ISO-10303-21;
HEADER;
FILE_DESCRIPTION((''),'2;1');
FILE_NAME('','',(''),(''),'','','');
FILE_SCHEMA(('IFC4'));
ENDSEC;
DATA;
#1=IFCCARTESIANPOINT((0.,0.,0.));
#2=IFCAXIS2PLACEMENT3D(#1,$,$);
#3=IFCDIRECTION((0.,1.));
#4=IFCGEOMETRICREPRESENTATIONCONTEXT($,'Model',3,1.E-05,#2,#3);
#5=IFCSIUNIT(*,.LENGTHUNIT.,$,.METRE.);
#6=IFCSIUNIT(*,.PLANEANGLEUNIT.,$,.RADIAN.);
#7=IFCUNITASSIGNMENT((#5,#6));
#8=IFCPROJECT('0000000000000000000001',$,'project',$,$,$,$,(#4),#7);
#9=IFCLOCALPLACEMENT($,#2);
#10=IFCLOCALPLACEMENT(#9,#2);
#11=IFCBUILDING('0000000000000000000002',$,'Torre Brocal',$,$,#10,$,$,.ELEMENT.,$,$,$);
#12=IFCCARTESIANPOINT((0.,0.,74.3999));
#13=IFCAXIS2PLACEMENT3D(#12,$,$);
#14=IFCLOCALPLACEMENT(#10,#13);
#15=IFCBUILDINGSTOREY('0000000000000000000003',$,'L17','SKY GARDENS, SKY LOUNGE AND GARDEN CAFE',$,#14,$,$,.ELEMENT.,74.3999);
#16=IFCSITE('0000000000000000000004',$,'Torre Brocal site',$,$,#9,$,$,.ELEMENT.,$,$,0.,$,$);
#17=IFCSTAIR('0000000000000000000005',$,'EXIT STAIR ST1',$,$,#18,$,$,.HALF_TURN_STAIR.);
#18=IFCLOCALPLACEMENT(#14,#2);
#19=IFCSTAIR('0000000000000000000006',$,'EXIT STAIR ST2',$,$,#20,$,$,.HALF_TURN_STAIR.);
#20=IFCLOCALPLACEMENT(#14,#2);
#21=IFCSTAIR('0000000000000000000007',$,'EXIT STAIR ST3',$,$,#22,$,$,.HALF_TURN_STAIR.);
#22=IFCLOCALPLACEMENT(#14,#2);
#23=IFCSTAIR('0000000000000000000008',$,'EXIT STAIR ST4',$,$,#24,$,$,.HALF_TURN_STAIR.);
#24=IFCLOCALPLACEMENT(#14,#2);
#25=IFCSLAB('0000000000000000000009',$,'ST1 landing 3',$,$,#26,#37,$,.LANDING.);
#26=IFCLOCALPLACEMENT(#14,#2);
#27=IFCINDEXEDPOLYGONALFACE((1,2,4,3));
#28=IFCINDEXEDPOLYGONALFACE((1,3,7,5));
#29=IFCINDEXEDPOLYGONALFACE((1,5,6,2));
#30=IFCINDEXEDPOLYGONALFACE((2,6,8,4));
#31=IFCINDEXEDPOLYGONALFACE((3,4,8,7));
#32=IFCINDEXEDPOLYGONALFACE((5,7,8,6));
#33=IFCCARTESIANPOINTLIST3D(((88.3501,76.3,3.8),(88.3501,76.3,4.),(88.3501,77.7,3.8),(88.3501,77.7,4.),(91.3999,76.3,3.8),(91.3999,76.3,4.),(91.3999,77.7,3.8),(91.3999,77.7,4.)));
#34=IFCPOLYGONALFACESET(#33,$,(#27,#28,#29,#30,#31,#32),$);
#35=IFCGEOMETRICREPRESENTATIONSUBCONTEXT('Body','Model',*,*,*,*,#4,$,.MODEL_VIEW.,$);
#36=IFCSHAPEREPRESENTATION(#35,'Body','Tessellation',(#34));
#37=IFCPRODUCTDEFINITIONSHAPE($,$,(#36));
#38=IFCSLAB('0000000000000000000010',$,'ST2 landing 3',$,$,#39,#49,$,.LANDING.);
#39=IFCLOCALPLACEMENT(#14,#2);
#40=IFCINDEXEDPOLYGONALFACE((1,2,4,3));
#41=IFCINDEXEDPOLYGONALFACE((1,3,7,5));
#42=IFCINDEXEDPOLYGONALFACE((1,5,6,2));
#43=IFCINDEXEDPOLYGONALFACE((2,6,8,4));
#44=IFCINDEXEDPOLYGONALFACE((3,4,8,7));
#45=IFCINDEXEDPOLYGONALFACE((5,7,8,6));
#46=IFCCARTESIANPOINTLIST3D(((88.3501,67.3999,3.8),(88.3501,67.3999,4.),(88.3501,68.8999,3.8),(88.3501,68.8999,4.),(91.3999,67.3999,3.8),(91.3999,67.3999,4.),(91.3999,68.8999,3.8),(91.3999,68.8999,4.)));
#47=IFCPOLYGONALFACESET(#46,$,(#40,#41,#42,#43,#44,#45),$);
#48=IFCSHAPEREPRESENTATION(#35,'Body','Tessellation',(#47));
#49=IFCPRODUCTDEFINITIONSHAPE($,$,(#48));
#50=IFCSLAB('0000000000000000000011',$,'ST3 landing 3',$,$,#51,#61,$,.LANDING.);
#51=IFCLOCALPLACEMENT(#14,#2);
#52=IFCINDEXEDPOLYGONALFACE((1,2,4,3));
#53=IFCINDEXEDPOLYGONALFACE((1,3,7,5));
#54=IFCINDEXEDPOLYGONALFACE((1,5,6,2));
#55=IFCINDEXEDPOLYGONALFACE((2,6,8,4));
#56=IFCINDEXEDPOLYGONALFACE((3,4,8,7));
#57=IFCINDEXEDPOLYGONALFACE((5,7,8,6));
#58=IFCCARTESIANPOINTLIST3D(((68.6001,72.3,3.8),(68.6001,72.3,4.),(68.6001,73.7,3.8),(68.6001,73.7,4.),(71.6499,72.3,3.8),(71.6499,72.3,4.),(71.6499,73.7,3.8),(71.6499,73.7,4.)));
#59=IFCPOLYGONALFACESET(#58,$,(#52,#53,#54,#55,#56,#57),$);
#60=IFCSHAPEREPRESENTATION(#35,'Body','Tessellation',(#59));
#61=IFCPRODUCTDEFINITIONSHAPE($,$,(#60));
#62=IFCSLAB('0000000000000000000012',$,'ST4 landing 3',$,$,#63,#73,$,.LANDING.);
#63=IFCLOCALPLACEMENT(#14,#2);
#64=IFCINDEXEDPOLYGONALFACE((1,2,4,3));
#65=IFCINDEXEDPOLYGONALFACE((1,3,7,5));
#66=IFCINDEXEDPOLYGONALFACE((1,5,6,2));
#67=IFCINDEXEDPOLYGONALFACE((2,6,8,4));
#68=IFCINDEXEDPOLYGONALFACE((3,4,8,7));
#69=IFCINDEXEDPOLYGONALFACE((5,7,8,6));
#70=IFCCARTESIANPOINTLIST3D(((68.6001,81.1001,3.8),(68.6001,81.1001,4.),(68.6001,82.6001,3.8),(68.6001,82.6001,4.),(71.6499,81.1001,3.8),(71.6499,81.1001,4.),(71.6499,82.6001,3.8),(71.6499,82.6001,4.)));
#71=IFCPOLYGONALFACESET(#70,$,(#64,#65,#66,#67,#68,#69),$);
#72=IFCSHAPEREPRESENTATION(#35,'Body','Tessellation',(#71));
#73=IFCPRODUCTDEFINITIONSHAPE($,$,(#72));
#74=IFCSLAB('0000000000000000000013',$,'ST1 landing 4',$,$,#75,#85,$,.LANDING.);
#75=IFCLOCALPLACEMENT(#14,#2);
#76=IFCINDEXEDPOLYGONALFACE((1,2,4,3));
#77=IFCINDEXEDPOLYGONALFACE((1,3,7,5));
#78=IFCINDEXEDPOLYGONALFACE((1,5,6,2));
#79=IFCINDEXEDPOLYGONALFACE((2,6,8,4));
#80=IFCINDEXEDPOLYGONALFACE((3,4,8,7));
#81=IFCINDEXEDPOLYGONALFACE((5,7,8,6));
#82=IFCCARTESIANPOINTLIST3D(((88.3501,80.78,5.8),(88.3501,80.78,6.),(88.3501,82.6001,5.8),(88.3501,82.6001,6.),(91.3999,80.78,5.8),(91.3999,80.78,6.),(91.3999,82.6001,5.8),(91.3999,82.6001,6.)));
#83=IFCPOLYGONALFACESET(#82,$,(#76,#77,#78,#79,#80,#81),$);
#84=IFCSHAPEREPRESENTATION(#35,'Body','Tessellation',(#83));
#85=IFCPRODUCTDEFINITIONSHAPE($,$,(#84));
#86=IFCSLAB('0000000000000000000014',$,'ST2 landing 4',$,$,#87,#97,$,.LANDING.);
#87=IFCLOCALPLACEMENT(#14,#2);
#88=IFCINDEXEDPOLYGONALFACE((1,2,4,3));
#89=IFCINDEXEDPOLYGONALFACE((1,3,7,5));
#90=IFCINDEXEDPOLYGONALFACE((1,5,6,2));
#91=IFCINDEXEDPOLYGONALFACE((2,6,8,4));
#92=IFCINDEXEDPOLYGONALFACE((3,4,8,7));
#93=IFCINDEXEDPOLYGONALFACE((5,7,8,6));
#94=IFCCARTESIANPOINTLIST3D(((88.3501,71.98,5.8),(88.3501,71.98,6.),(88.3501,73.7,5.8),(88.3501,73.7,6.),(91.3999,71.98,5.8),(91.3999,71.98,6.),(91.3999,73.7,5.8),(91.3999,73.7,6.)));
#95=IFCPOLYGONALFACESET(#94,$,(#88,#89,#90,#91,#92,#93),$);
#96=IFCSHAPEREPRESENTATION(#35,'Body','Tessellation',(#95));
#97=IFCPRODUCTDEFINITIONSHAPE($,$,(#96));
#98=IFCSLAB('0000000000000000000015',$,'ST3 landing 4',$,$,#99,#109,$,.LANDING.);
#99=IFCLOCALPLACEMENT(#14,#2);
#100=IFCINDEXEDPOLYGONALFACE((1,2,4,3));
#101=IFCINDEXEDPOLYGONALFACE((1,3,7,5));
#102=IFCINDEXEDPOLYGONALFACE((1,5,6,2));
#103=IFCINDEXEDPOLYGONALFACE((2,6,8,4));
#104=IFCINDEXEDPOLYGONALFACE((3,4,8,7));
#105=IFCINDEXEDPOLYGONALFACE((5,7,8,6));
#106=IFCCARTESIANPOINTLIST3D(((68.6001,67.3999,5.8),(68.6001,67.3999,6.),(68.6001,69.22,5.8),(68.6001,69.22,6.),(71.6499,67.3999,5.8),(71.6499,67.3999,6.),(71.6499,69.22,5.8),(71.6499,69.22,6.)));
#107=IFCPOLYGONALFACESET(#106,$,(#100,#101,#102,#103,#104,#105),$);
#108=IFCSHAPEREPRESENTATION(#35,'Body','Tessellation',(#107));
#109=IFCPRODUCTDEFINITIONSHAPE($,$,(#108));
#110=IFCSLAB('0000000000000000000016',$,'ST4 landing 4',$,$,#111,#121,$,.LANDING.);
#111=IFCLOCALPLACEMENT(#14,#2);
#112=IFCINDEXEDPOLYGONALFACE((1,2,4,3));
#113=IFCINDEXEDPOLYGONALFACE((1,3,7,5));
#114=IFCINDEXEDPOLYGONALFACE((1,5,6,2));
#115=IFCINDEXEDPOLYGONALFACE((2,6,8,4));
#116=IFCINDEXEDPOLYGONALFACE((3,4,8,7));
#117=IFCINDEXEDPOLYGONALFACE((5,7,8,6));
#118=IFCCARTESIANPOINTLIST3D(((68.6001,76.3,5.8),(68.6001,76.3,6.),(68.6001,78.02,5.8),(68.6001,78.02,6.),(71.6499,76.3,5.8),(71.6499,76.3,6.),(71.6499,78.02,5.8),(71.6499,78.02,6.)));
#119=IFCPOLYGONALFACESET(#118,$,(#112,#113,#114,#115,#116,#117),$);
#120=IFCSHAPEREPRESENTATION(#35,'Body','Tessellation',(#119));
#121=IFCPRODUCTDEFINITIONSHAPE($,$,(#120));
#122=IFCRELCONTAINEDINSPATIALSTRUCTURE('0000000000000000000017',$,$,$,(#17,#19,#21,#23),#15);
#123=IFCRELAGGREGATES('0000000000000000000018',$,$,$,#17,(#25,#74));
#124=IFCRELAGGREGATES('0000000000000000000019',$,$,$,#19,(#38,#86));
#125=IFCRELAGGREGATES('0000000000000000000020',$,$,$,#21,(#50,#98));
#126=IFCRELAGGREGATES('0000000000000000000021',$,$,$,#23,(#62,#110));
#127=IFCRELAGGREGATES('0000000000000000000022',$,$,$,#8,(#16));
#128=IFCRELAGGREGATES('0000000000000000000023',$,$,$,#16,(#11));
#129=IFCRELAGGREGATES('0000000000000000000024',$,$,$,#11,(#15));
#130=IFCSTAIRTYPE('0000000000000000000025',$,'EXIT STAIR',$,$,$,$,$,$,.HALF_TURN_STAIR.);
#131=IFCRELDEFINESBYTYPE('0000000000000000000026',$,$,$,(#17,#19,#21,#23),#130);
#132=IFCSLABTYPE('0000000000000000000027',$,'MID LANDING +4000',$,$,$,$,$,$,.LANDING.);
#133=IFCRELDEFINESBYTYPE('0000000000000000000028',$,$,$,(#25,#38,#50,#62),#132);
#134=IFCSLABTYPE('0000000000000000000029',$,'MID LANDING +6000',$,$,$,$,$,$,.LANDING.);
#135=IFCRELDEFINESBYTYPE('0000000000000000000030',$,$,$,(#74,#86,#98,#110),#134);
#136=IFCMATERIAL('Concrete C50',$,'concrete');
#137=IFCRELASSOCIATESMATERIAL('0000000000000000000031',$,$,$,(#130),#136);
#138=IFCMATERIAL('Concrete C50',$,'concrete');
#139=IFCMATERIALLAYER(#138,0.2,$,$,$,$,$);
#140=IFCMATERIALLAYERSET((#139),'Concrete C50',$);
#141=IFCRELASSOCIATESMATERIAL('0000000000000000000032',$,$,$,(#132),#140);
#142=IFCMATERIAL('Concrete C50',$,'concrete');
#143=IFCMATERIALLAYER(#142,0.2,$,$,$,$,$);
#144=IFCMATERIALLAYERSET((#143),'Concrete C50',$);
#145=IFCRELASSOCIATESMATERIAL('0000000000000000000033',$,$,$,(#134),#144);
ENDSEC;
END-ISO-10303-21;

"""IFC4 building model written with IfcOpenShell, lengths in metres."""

from ifc_helpers import new_model, si_unit, direction, frame, origin, place, context, subcontext, project, spatial, polyline, outline, extrude, material, layer, layer_set, type_object, element, aggregate, save


model = new_model("IFC4")

# Units and contexts
model_context = context("Model", 3, precision=1e-05, world=origin(), true_north=direction((0.0, 1.0)))
body_context = subcontext(model_context, "Body", "Model", "MODEL_VIEW")
ifc_project = project(units=[si_unit("LENGTHUNIT", "METRE"), si_unit("PLANEANGLEUNIT", "RADIAN")], contexts=[model_context])

# Site, building, storey
site_placement = place(None, origin())
site = spatial("IfcSite", under=ifc_project, at=site_placement, Name="Torre Brocal site", CompositionType="ELEMENT", RefElevation=0.0)
building_placement = place(site_placement, origin())
building = spatial("IfcBuilding", under=site, at=building_placement, Name="Torre Brocal", CompositionType="ELEMENT")
storey_placement = place(building_placement, frame((0.0, 0.0, 74.3999)))
storey = spatial("IfcBuildingStorey", under=building, at=storey_placement, Name="L17", Description="SKY GARDENS, SKY LOUNGE AND GARDEN CAFE", CompositionType="ELEMENT", Elevation=74.3999)

# Stairs
ifc_material_1 = material(Name="Concrete C50", Category="concrete")
stair_type = type_object("IfcStairType", Name="EXIT STAIR", PredefinedType="HALF_TURN_STAIR", material=ifc_material_1)
stair_1_placement = place(storey_placement, origin())
stair_1 = element("IfcStair", 1, at=stair_1_placement, inside=storey, type_object=stair_type, Name="EXIT STAIR ST1", PredefinedType="HALF_TURN_STAIR")
stair_2_placement = place(storey_placement, origin())
stair_2 = element("IfcStair", 2, at=stair_2_placement, inside=storey, type_object=stair_type, Name="EXIT STAIR ST2", PredefinedType="HALF_TURN_STAIR")
stair_3_placement = place(storey_placement, origin())
stair_3 = element("IfcStair", 3, at=stair_3_placement, inside=storey, type_object=stair_type, Name="EXIT STAIR ST3", PredefinedType="HALF_TURN_STAIR")
stair_4_placement = place(storey_placement, origin())
stair_4 = element("IfcStair", 4, at=stair_4_placement, inside=storey, type_object=stair_type, Name="EXIT STAIR ST4", PredefinedType="HALF_TURN_STAIR")

# Slabs
ifc_material_2 = material(Name="Concrete C50", Category="concrete")
ifc_layer_1 = layer(ifc_material_2, 0.2)
ifc_layer_set_1 = layer_set([ifc_layer_1], Name="Concrete C50")
slab_type_1 = type_object("IfcSlabType", Name="MID LANDING +4000", PredefinedType="LANDING", material=ifc_layer_set_1)
slab_1_placement = place(storey_placement, frame((0.0, 0.0, 3.8)))
slab_1 = element("IfcSlab", 5, at=slab_1_placement, type_object=slab_type_1, Name="ST1 landing 3", PredefinedType="LANDING", context=body_context, shape_type="SweptSolid", body=[
    extrude(outline(polyline([(88.3501, 76.3), (91.3999, 76.3), (91.3999, 77.7), (88.3501, 77.7), (88.3501, 76.3)])), origin(), (0.0, 0.0, 1.0), 0.2),
])
slab_2_placement = place(storey_placement, frame((0.0, 0.0, 3.8)))
slab_2 = element("IfcSlab", 6, at=slab_2_placement, type_object=slab_type_1, Name="ST2 landing 3", PredefinedType="LANDING", context=body_context, shape_type="SweptSolid", body=[
    extrude(outline(polyline([(88.3501, 67.3999), (91.3999, 67.3999), (91.3999, 68.8999), (88.3501, 68.8999), (88.3501, 67.3999)])), origin(), (0.0, 0.0, 1.0), 0.2),
])
slab_3_placement = place(storey_placement, frame((0.0, 0.0, 3.8)))
slab_3 = element("IfcSlab", 7, at=slab_3_placement, type_object=slab_type_1, Name="ST3 landing 3", PredefinedType="LANDING", context=body_context, shape_type="SweptSolid", body=[
    extrude(outline(polyline([(71.6499, 73.7), (68.6001, 73.7), (68.6001, 72.3), (71.6499, 72.3), (71.6499, 73.7)])), origin(), (0.0, 0.0, 1.0), 0.2),
])
slab_4_placement = place(storey_placement, frame((0.0, 0.0, 3.8)))
slab_4 = element("IfcSlab", 8, at=slab_4_placement, type_object=slab_type_1, Name="ST4 landing 3", PredefinedType="LANDING", context=body_context, shape_type="SweptSolid", body=[
    extrude(outline(polyline([(71.6499, 82.6001), (68.6001, 82.6001), (68.6001, 81.1001), (71.6499, 81.1001), (71.6499, 82.6001)])), origin(), (0.0, 0.0, 1.0), 0.2),
])
ifc_material_3 = material(Name="Concrete C50", Category="concrete")
ifc_layer_2 = layer(ifc_material_3, 0.2)
ifc_layer_set_2 = layer_set([ifc_layer_2], Name="Concrete C50")
slab_type_2 = type_object("IfcSlabType", Name="MID LANDING +6000", PredefinedType="LANDING", material=ifc_layer_set_2)
slab_5_placement = place(storey_placement, frame((0.0, 0.0, 5.8)))
slab_5 = element("IfcSlab", 9, at=slab_5_placement, type_object=slab_type_2, Name="ST1 landing 4", PredefinedType="LANDING", context=body_context, shape_type="SweptSolid", body=[
    extrude(outline(polyline([(88.3501, 80.78), (91.3999, 80.78), (91.3999, 82.6001), (88.3501, 82.6001), (88.3501, 80.78)])), origin(), (0.0, 0.0, 1.0), 0.2),
])
aggregate(stair_1, [slab_1, slab_5])
slab_6_placement = place(storey_placement, frame((0.0, 0.0, 5.8)))
slab_6 = element("IfcSlab", 10, at=slab_6_placement, type_object=slab_type_2, Name="ST2 landing 4", PredefinedType="LANDING", context=body_context, shape_type="SweptSolid", body=[
    extrude(outline(polyline([(88.3501, 71.98), (91.3999, 71.98), (91.3999, 73.7), (88.3501, 73.7), (88.3501, 71.98)])), origin(), (0.0, 0.0, 1.0), 0.2),
])
aggregate(stair_2, [slab_2, slab_6])
slab_7_placement = place(storey_placement, frame((0.0, 0.0, 5.8)))
slab_7 = element("IfcSlab", 11, at=slab_7_placement, type_object=slab_type_2, Name="ST3 landing 4", PredefinedType="LANDING", context=body_context, shape_type="SweptSolid", body=[
    extrude(outline(polyline([(71.6499, 69.22), (68.6001, 69.22), (68.6001, 67.3999), (71.6499, 67.3999), (71.6499, 69.22)])), origin(), (0.0, 0.0, 1.0), 0.2),
])
aggregate(stair_3, [slab_3, slab_7])
slab_8_placement = place(storey_placement, frame((0.0, 0.0, 5.8)))
slab_8 = element("IfcSlab", 12, at=slab_8_placement, type_object=slab_type_2, Name="ST4 landing 4", PredefinedType="LANDING", context=body_context, shape_type="SweptSolid", body=[
    extrude(outline(polyline([(71.6499, 78.02), (68.6001, 78.02), (68.6001, 76.3), (71.6499, 76.3), (71.6499, 78.02)])), origin(), (0.0, 0.0, 1.0), 0.2),
])
aggregate(stair_4, [slab_4, slab_8])

save(model, "model.ifc")
